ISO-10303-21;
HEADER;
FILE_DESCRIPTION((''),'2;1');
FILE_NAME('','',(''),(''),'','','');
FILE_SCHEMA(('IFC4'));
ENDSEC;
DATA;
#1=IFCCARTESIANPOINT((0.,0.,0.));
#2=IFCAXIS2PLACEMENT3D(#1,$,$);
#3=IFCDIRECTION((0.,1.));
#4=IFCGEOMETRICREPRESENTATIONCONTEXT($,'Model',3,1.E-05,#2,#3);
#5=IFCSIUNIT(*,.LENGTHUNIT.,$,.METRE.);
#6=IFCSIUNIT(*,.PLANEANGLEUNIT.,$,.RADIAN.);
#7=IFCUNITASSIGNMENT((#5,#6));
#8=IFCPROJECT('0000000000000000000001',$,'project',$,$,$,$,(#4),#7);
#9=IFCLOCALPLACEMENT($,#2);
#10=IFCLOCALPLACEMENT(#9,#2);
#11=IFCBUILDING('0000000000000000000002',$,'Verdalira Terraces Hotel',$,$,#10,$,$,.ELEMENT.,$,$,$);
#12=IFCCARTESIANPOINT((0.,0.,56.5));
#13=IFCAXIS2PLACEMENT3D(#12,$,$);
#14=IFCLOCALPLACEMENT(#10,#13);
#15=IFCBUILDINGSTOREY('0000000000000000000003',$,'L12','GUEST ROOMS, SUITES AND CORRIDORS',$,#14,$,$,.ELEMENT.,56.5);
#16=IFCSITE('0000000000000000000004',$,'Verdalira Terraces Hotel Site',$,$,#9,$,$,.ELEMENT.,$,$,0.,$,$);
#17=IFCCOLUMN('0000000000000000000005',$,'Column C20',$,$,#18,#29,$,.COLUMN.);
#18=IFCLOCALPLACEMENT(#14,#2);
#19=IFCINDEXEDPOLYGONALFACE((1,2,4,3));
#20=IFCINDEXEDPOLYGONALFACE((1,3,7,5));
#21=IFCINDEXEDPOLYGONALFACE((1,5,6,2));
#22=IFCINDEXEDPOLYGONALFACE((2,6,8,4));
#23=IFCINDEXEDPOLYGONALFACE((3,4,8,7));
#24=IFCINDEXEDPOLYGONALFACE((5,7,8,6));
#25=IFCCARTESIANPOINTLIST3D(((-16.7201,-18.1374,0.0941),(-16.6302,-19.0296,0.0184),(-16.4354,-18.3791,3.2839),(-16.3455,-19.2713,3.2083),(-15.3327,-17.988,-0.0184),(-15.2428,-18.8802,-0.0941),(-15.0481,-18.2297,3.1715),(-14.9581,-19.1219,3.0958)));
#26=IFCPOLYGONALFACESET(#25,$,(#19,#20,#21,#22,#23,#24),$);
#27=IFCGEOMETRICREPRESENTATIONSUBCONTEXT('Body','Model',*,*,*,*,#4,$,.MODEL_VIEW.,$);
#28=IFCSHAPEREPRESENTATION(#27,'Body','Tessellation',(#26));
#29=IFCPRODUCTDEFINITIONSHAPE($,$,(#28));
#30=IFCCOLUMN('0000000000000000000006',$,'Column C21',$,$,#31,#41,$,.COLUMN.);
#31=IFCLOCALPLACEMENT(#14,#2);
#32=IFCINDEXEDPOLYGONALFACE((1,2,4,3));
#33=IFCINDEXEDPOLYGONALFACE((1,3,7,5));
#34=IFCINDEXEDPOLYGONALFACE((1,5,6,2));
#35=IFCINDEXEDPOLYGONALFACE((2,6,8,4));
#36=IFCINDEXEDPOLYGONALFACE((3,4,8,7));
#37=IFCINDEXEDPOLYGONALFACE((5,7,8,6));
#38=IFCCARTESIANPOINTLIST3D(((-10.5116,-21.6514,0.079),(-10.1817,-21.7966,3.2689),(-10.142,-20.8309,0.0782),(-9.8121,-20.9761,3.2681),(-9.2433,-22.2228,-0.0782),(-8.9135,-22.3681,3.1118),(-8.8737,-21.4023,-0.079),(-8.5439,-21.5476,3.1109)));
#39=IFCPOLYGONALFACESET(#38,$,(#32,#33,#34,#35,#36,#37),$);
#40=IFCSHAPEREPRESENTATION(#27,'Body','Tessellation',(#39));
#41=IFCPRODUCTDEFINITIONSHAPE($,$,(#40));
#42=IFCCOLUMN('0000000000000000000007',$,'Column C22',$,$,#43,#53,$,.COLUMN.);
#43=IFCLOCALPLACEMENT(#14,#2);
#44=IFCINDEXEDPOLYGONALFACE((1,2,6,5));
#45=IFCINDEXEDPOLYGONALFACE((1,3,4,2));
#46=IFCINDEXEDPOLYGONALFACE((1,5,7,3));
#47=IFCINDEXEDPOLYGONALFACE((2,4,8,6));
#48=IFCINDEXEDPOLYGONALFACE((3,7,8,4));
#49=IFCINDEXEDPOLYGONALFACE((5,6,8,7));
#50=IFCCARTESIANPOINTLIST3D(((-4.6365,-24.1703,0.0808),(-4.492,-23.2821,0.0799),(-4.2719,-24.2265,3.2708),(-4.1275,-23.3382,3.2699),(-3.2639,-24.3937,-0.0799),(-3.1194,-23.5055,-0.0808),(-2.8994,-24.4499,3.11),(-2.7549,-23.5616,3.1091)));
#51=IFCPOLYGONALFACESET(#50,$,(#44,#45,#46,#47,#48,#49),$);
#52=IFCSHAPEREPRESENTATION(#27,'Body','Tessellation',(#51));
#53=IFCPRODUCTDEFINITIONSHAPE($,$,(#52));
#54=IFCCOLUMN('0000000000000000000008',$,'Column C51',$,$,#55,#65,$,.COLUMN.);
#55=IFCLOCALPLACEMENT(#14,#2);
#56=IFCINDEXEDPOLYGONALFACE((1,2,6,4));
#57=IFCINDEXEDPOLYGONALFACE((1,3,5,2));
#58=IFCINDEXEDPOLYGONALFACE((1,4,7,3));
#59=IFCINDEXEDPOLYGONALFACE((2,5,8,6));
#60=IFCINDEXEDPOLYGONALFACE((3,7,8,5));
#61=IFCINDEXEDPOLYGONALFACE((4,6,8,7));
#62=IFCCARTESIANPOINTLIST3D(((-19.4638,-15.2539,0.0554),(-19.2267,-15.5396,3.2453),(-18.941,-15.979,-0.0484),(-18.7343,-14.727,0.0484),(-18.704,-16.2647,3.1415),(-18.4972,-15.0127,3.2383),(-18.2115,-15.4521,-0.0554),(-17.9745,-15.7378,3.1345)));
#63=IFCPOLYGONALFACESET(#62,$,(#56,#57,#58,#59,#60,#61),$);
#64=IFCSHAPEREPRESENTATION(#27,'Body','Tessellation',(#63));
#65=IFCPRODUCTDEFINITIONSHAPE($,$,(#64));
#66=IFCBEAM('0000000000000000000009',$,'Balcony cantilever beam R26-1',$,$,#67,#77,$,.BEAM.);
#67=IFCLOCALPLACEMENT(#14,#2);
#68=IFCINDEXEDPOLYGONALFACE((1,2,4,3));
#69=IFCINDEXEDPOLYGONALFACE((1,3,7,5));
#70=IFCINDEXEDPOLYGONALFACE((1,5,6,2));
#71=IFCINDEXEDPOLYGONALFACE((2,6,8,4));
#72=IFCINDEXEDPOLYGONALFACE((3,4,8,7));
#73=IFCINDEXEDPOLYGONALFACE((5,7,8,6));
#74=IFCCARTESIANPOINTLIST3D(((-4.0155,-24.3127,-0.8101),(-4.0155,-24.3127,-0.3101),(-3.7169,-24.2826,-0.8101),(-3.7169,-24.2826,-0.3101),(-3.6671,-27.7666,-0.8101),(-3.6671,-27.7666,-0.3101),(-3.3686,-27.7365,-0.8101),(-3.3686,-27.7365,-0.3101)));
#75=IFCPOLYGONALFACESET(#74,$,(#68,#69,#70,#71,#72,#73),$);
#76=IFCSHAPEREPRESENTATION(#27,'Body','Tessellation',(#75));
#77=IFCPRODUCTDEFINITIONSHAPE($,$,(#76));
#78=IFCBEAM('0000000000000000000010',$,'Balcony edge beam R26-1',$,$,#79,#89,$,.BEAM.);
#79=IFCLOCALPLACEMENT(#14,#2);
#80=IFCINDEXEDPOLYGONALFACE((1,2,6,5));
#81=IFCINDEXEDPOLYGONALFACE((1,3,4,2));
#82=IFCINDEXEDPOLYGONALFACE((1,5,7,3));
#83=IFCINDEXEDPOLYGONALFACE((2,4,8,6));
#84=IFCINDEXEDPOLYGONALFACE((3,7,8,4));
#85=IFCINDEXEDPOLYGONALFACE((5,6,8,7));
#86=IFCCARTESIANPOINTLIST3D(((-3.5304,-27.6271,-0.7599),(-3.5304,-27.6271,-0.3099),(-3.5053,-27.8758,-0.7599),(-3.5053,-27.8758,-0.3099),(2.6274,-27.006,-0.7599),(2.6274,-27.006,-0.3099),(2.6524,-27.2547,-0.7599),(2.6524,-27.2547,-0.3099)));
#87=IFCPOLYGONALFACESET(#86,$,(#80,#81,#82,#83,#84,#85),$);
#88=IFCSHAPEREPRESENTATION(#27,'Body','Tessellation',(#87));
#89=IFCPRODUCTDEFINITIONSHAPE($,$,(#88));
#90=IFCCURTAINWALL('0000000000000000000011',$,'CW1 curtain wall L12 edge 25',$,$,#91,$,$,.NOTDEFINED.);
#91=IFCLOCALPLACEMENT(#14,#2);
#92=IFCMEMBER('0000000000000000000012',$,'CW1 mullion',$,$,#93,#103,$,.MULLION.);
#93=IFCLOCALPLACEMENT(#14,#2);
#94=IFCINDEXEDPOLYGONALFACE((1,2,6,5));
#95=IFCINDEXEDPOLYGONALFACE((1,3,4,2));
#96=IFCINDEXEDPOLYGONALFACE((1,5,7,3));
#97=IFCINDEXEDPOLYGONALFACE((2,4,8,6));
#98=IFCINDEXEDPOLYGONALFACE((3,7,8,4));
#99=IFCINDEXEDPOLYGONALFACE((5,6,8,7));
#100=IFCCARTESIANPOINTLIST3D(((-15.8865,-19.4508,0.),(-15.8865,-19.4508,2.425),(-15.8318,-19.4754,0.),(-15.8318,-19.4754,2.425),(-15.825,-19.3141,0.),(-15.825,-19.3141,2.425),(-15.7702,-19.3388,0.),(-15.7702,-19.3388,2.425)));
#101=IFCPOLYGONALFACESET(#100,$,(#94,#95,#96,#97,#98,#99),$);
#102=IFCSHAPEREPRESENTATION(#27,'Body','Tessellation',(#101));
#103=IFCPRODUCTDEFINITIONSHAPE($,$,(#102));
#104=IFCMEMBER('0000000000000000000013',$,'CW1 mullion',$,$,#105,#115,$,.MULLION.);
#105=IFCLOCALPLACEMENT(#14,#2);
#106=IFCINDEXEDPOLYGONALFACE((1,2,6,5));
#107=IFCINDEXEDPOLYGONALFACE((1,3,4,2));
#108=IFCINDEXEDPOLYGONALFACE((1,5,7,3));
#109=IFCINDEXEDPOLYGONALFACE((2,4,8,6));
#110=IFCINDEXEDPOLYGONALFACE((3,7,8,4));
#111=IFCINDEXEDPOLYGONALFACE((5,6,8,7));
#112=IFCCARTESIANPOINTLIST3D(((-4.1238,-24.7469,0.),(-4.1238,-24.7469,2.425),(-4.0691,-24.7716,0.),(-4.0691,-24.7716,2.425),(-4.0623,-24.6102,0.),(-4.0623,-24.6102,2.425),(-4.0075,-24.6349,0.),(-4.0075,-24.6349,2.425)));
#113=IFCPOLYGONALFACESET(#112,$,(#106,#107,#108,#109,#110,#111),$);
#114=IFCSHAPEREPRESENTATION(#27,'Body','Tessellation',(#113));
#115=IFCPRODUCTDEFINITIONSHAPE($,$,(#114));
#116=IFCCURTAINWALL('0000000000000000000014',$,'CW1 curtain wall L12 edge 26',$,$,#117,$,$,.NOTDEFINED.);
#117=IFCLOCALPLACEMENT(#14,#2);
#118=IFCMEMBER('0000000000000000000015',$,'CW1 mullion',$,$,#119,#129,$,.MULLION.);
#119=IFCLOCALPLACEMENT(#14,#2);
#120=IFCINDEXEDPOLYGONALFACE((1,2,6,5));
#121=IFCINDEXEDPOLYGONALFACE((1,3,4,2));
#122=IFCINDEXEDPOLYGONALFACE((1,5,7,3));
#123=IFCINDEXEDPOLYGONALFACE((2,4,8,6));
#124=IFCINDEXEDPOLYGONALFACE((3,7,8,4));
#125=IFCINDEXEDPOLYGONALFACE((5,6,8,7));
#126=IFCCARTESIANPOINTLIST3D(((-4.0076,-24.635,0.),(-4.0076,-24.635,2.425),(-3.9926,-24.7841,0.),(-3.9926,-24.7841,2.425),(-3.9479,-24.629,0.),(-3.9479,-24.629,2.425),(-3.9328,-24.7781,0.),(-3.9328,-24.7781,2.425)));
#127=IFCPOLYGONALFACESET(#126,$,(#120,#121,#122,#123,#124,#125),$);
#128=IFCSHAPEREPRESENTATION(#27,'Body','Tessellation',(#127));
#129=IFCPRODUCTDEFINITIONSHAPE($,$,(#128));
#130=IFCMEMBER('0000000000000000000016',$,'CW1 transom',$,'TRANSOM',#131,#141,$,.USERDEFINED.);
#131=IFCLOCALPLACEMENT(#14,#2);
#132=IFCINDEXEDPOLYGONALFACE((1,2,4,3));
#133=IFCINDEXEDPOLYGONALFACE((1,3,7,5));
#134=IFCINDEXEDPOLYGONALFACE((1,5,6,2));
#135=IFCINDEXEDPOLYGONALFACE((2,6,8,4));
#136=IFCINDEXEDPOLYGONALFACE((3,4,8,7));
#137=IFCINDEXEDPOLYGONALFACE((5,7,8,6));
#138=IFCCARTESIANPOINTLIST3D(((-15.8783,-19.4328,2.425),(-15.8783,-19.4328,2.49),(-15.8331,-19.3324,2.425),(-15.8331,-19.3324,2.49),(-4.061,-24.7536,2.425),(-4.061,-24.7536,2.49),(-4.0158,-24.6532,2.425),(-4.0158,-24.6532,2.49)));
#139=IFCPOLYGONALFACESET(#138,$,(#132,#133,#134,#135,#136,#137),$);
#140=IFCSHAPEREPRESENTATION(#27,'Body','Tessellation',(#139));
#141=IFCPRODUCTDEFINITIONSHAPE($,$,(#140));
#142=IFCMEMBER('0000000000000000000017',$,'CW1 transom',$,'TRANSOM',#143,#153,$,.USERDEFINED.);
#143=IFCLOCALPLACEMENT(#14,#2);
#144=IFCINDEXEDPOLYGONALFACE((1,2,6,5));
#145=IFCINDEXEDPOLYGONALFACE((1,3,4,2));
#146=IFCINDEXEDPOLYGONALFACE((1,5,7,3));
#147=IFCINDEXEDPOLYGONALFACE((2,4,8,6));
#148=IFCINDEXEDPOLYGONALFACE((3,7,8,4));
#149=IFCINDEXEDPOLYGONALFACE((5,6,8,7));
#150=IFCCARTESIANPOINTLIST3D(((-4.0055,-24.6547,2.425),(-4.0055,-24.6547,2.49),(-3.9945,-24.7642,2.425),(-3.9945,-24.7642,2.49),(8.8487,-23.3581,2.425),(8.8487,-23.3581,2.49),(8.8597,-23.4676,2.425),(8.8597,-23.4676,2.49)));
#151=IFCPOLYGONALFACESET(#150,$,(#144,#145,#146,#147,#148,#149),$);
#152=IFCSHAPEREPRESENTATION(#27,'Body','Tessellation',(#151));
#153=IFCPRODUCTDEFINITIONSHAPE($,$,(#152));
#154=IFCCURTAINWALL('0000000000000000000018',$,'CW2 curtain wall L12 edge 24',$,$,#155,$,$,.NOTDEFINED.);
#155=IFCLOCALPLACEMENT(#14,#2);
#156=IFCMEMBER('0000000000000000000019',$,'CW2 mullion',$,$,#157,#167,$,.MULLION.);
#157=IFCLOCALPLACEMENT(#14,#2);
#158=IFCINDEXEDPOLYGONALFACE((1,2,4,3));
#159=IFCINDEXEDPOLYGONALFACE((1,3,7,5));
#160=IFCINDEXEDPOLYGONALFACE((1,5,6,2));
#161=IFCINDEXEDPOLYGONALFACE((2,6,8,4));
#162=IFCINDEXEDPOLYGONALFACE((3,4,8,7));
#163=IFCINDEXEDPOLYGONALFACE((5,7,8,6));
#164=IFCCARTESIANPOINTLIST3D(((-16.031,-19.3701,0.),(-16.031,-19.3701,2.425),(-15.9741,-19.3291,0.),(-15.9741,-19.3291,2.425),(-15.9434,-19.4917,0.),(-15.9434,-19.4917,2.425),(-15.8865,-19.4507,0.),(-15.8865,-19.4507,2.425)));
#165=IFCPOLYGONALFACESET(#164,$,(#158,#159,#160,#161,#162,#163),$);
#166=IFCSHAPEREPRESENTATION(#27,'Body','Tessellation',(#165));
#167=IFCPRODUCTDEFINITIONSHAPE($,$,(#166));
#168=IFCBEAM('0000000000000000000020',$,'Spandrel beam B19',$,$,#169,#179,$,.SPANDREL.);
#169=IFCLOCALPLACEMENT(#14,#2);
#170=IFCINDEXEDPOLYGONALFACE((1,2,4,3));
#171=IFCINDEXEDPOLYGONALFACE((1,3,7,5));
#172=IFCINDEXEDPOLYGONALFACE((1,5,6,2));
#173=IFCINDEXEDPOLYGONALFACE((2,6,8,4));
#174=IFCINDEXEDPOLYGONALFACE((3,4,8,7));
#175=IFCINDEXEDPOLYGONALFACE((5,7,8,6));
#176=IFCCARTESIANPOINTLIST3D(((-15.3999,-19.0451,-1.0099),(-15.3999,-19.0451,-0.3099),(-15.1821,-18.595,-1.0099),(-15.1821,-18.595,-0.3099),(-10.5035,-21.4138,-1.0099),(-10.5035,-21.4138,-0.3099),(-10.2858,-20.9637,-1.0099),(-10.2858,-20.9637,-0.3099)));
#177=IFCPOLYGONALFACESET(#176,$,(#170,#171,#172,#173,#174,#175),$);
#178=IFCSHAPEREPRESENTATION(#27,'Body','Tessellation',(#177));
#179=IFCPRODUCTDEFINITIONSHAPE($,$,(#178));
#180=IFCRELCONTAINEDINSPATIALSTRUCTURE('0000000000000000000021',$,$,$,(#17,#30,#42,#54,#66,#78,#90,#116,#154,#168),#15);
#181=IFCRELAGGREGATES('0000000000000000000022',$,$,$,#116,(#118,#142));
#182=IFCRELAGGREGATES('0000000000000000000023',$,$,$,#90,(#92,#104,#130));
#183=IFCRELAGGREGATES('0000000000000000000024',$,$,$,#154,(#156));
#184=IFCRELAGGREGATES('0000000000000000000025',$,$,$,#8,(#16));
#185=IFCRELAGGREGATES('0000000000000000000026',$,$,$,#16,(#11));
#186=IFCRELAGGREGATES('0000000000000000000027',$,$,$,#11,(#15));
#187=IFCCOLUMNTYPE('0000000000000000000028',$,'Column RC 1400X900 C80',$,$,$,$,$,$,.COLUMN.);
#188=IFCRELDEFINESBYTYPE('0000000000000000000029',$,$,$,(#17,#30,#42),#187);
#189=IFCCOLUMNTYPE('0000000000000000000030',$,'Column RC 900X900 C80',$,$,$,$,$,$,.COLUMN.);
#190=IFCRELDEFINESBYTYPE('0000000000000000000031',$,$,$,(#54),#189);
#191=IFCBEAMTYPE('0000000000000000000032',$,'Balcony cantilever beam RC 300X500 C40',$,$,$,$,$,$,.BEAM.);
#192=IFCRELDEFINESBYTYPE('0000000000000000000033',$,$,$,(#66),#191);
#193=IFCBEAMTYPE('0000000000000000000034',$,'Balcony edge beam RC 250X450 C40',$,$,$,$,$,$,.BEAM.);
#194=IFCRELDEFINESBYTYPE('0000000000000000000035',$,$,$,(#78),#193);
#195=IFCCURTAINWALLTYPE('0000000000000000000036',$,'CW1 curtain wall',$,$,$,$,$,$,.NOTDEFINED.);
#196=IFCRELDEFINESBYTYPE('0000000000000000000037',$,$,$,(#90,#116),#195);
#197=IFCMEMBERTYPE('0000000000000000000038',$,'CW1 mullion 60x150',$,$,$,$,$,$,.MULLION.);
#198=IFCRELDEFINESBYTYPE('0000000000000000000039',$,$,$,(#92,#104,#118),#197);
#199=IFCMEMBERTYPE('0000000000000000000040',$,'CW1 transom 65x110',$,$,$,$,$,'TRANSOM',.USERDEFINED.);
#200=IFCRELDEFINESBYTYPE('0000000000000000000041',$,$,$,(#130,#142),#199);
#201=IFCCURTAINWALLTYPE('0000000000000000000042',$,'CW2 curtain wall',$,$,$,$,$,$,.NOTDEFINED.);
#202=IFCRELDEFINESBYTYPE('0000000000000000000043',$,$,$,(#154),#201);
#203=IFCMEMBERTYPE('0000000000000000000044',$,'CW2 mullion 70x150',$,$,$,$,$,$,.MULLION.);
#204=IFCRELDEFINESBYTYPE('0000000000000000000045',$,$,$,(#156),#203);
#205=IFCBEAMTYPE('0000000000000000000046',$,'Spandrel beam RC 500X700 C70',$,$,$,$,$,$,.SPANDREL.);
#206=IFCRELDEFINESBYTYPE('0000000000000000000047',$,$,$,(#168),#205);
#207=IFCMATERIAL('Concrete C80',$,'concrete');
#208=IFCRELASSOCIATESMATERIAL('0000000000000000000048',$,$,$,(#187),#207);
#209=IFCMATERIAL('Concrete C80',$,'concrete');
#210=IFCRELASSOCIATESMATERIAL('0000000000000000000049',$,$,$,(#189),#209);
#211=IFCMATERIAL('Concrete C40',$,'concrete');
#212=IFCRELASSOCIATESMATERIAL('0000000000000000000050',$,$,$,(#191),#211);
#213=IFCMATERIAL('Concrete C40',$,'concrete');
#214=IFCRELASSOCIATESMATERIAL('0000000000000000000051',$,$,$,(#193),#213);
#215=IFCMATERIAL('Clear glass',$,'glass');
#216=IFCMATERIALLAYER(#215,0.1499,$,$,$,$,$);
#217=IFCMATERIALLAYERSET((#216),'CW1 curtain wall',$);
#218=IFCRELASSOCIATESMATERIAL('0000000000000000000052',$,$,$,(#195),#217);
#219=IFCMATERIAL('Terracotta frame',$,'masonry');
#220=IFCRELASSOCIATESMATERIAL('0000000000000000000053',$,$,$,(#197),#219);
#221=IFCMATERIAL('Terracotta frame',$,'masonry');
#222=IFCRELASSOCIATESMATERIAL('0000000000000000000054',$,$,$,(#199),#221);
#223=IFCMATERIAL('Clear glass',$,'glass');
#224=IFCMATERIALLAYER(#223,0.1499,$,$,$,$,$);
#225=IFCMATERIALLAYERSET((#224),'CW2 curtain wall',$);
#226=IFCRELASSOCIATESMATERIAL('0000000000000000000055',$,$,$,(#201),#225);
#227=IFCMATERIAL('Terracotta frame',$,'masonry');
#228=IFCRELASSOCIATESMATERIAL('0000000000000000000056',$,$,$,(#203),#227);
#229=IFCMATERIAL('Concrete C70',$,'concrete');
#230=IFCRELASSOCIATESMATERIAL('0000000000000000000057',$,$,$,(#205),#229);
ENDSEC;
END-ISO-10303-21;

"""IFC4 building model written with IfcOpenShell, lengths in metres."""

from ifc_helpers import new_model, si_unit, direction, frame, origin, origin_2d, place, context, subcontext, project, spatial, rectangle, extrude, material, layer, layer_set, material_profile, profile_set, type_object, element, aggregate, save


model = new_model("IFC4")

# Units and contexts
model_context = context("Model", 3, precision=1e-05, world=origin(), true_north=direction((0.0, 1.0)))
body_context = subcontext(model_context, "Body", "Model", "MODEL_VIEW")
ifc_project = project(units=[si_unit("LENGTHUNIT", "METRE"), si_unit("PLANEANGLEUNIT", "RADIAN")], contexts=[model_context])

# Site, building, storey
site_placement = place(None, origin())
site = spatial("IfcSite", under=ifc_project, at=site_placement, Name="Verdalira Terraces Hotel Site", CompositionType="ELEMENT", RefElevation=0.0)
building_placement = place(site_placement, origin())
building = spatial("IfcBuilding", under=site, at=building_placement, Name="Verdalira Terraces Hotel", CompositionType="ELEMENT")
storey_placement = place(building_placement, frame((0.0, 0.0, 56.5)))
storey = spatial("IfcBuildingStorey", under=building, at=storey_placement, Name="L12", Description="GUEST ROOMS, SUITES AND CORRIDORS", CompositionType="ELEMENT", Elevation=56.5)

# Columns
ifc_material_1 = material(Name="Concrete C80", Category="concrete")
ifc_material_profile_1 = material_profile(ifc_material_1, rectangle(XDim=1.3999, YDim=0.8999, at=origin_2d()), Name="RC 1400X900")
ifc_profile_set_1 = profile_set([ifc_material_profile_1], Name="Concrete C80")
column_type_1 = type_object("IfcColumnType", Name="Column RC 1400X900 C80", PredefinedType="COLUMN", material=ifc_profile_set_1)
column_1_placement = place(storey_placement, frame((-15.9814, -18.5088, 0.0), z_axis=(0.088634, -0.075255, 0.993217), x_axis=(-0.991039, -0.106704, 0.080355)))
element("IfcColumn", 1, at=column_1_placement, inside=storey, type_object=column_type_1, Name="Column C20", PredefinedType="COLUMN", context=body_context, shape_type="SweptSolid", body=[
    extrude(rectangle(XDim=1.3999, YDim=0.8999, at=origin_2d()), origin(), (0.0, 0.0, 1.0), 3.2117),
])
column_2_placement = place(storey_placement, frame((-9.6926, -21.5269, 0.0), z_axis=(0.102744, -0.04525, 0.993678), x_axis=(0.905959, -0.40821, -0.112264)))
element("IfcColumn", 2, at=column_2_placement, inside=storey, type_object=column_type_1, Name="Column C21", PredefinedType="COLUMN", context=body_context, shape_type="SweptSolid", body=[
    extrude(rectangle(XDim=1.3999, YDim=0.8999, at=origin_2d()), origin(), (0.0, 0.0, 1.0), 3.2102),
])
column_3_placement = place(storey_placement, frame((-3.8779, -23.8379, 0.0), z_axis=(0.11351, -0.017486, 0.993383), x_axis=(-0.980482, 0.159578, 0.114845)))
element("IfcColumn", 3, at=column_3_placement, inside=storey, type_object=column_type_1, Name="Column C22", PredefinedType="COLUMN", context=body_context, shape_type="SweptSolid", body=[
    extrude(rectangle(XDim=1.3999, YDim=0.8999, at=origin_2d()), origin(), (0.0, 0.0, 1.0), 3.2112),
])
ifc_material_2 = material(Name="Concrete C80", Category="concrete")
ifc_material_profile_2 = material_profile(ifc_material_2, rectangle(XDim=0.8999, YDim=0.8999, at=origin_2d()), Name="RC 900X900")
ifc_profile_set_2 = profile_set([ifc_material_profile_2], Name="Concrete C80")
column_type_2 = type_object("IfcColumnType", Name="Column RC 900X900 C80", PredefinedType="COLUMN", material=ifc_profile_set_2)
column_4_placement = place(storey_placement, frame((-18.8376, -15.353, 0.0), z_axis=(0.073817, -0.088945, 0.993297), x_axis=(-0.81062, -0.585521, 0.007811)))
element("IfcColumn", 4, at=column_4_placement, inside=storey, type_object=column_type_2, Name="Column C51", PredefinedType="COLUMN", context=body_context, shape_type="SweptSolid", body=[
    extrude(rectangle(XDim=0.8999, YDim=0.8999, at=origin_2d()), origin(), (0.0, 0.0, 1.0), 3.2114),
])

# Beams
ifc_material_3 = material(Name="Concrete C40", Category="concrete")
ifc_material_profile_3 = material_profile(ifc_material_3, rectangle(XDim=0.3, YDim=0.5, at=origin_2d()), Name="RC 300X500")
ifc_profile_set_3 = profile_set([ifc_material_profile_3], Name="Concrete C40")
beam_type_1 = type_object("IfcBeamType", Name="Balcony cantilever beam RC 300X500 C40", PredefinedType="BEAM", material=ifc_profile_set_3)
beam_1_placement = place(storey_placement, frame((-3.8662, -24.2976, -0.5601), z_axis=(0.10036, -0.994951, 0.0), x_axis=(0.994951, 0.10036, 0.0)))
element("IfcBeam", 5, at=beam_1_placement, inside=storey, type_object=beam_type_1, Name="Balcony cantilever beam R26-1", PredefinedType="BEAM", context=body_context, shape_type="SweptSolid", body=[
    extrude(rectangle(XDim=0.3, YDim=0.5, at=origin_2d()), origin(), (0.0, 0.0, 1.0), 3.4714),
])
ifc_material_4 = material(Name="Concrete C40", Category="concrete")
ifc_material_profile_4 = material_profile(ifc_material_4, rectangle(XDim=0.25, YDim=0.45, at=origin_2d()), Name="RC 250X450")
ifc_profile_set_4 = profile_set([ifc_material_profile_4], Name="Concrete C40")
beam_type_2 = type_object("IfcBeamType", Name="Balcony edge beam RC 250X450 C40", PredefinedType="BEAM", material=ifc_profile_set_4)
beam_2_placement = place(storey_placement, frame((-3.5178, -27.7515, -0.5349), z_axis=(0.994952, 0.100355, 0.0), x_axis=(-0.100355, 0.994952, 0.0)))
element("IfcBeam", 6, at=beam_2_placement, inside=storey, type_object=beam_type_2, Name="Balcony edge beam R26-1", PredefinedType="BEAM", context=body_context, shape_type="SweptSolid", body=[
    extrude(rectangle(XDim=0.25, YDim=0.45, at=origin_2d()), origin(), (0.0, 0.0, 1.0), 6.189),
])

# Curtain wall, members
ifc_material_5 = material(Name="Clear glass", Category="glass")
ifc_layer_1 = layer(ifc_material_5, 0.1499)
ifc_layer_set_1 = layer_set([ifc_layer_1], Name="CW1 curtain wall")
curtain_wall_type_1 = type_object("IfcCurtainWallType", Name="CW1 curtain wall", PredefinedType="NOTDEFINED", material=ifc_layer_set_1)
curtain_wall_1_placement = place(storey_placement, origin())
curtain_wall_1 = element("IfcCurtainWall", 7, at=curtain_wall_1_placement, inside=storey, type_object=curtain_wall_type_1, Name="CW1 curtain wall L12 edge 25", PredefinedType="NOTDEFINED")
ifc_material_6 = material(Name="Terracotta frame", Category="masonry")
ifc_material_profile_5 = material_profile(ifc_material_6, rectangle(XDim=0.0601, YDim=0.1499, at=origin_2d()), Name="MU 60x150")
ifc_profile_set_5 = profile_set([ifc_material_profile_5], Name="Terracotta frame")
member_type_1 = type_object("IfcMemberType", Name="CW1 mullion 60x150", PredefinedType="MULLION", material=ifc_profile_set_5)
member_1_placement = place(storey_placement, frame((-15.8284, -19.3948, 0.0), z_axis=(0.0, 0.0, 1.0), x_axis=(0.911834, -0.41056, 0.0)))
member_1 = element("IfcMember", 8, at=member_1_placement, type_object=member_type_1, Name="CW1 mullion", PredefinedType="MULLION", context=body_context, shape_type="SweptSolid", body=[
    extrude(rectangle(XDim=0.0601, YDim=0.1499, at=origin_2d()), origin(), (0.0, 0.0, 1.0), 2.425),
])
member_2_placement = place(storey_placement, frame((-4.0657, -24.6909, 0.0), z_axis=(0.0, 0.0, 1.0), x_axis=(0.911834, -0.41056, 0.0)))
member_2 = element("IfcMember", 9, at=member_2_placement, type_object=member_type_1, Name="CW1 mullion", PredefinedType="MULLION", context=body_context, shape_type="SweptSolid", body=[
    extrude(rectangle(XDim=0.0601, YDim=0.1499, at=origin_2d()), origin(), (0.0, 0.0, 1.0), 2.425),
])

# Curtain wall, member
curtain_wall_2_placement = place(storey_placement, origin())
curtain_wall_2 = element("IfcCurtainWall", 10, at=curtain_wall_2_placement, inside=storey, type_object=curtain_wall_type_1, Name="CW1 curtain wall L12 edge 26", PredefinedType="NOTDEFINED")
member_3_placement = place(storey_placement, frame((-3.9702, -24.7065, 0.0), z_axis=(0.0, 0.0, 1.0), x_axis=(0.994951, 0.100362, 0.0)))
member_3 = element("IfcMember", 11, at=member_3_placement, type_object=member_type_1, Name="CW1 mullion", PredefinedType="MULLION", context=body_context, shape_type="SweptSolid", body=[
    extrude(rectangle(XDim=0.0601, YDim=0.1499, at=origin_2d()), origin(), (0.0, 0.0, 1.0), 2.425),
])

# Members
ifc_material_7 = material(Name="Terracotta frame", Category="masonry")
ifc_material_profile_6 = material_profile(ifc_material_7, rectangle(XDim=0.1101, YDim=0.0649, at=origin_2d()), Name="TR 65x110")
ifc_profile_set_6 = profile_set([ifc_material_profile_6], Name="Terracotta frame")
member_type_2 = type_object("IfcMemberType", Name="CW1 transom 65x110", ElementType="TRANSOM", PredefinedType="USERDEFINED", material=ifc_profile_set_6)
member_4_placement = place(storey_placement, frame((-15.8557, -19.3826, 2.4575), z_axis=(0.911835, -0.410556, 0.0), x_axis=(0.410556, 0.911835, 0.0)))
member_4 = element("IfcMember", 12, at=member_4_placement, type_object=member_type_2, Name="CW1 transom", ObjectType="TRANSOM", PredefinedType="USERDEFINED", context=body_context, shape_type="SweptSolid", body=[
    extrude(rectangle(XDim=0.1101, YDim=0.0649, at=origin_2d()), origin(), (0.0, 0.0, 1.0), 12.96),
])
member_5_placement = place(storey_placement, frame((-4.0, -24.7095, 2.4575), z_axis=(0.994951, 0.100362, 0.0), x_axis=(-0.100362, 0.994951, 0.0)))
member_5 = element("IfcMember", 13, at=member_5_placement, type_object=member_type_2, Name="CW1 transom", ObjectType="TRANSOM", PredefinedType="USERDEFINED", context=body_context, shape_type="SweptSolid", body=[
    extrude(rectangle(XDim=0.1101, YDim=0.0649, at=origin_2d()), origin(), (0.0, 0.0, 1.0), 12.9194),
])
aggregate(curtain_wall_2, [member_3, member_5])

# Curtain wall, member
ifc_material_8 = material(Name="Clear glass", Category="glass")
ifc_layer_2 = layer(ifc_material_8, 0.1499)
ifc_layer_set_2 = layer_set([ifc_layer_2], Name="CW2 curtain wall")
curtain_wall_type_2 = type_object("IfcCurtainWallType", Name="CW2 curtain wall", PredefinedType="NOTDEFINED", material=ifc_layer_set_2)
curtain_wall_3_placement = place(storey_placement, origin())
curtain_wall_3 = element("IfcCurtainWall", 14, at=curtain_wall_3_placement, inside=storey, type_object=curtain_wall_type_2, Name="CW2 curtain wall L12 edge 24", PredefinedType="NOTDEFINED")
ifc_material_9 = material(Name="Terracotta frame", Category="masonry")
ifc_material_profile_7 = material_profile(ifc_material_9, rectangle(XDim=0.0701, YDim=0.1499, at=origin_2d()), Name="MU 70x150")
ifc_profile_set_7 = profile_set([ifc_material_profile_7], Name="Terracotta frame")
member_type_3 = type_object("IfcMemberType", Name="CW2 mullion 70x150", PredefinedType="MULLION", material=ifc_profile_set_7)
member_6_placement = place(storey_placement, frame((-15.9587, -19.4104, 0.0), z_axis=(0.0, 0.0, 1.0), x_axis=(0.811472, 0.584391, 0.0)))
member_6 = element("IfcMember", 15, at=member_6_placement, type_object=member_type_3, Name="CW2 mullion", PredefinedType="MULLION", context=body_context, shape_type="SweptSolid", body=[
    extrude(rectangle(XDim=0.0701, YDim=0.1499, at=origin_2d()), origin(), (0.0, 0.0, 1.0), 2.425),
])

# Beam
ifc_material_10 = material(Name="Concrete C70", Category="concrete")
ifc_material_profile_8 = material_profile(ifc_material_10, rectangle(XDim=0.5, YDim=0.7, at=origin_2d()), Name="RC 500X700")
ifc_profile_set_8 = profile_set([ifc_material_profile_8], Name="Concrete C70")
beam_type_3 = type_object("IfcBeamType", Name="Spandrel beam RC 500X700 C70", PredefinedType="SPANDREL", material=ifc_profile_set_8)
beam_3_placement = place(storey_placement, frame((-15.291, -18.8201, -0.6599), z_axis=(0.900195, -0.435487, 0.0), x_axis=(0.435487, 0.900195, 0.0)))
element("IfcBeam", 16, at=beam_3_placement, inside=storey, type_object=beam_type_3, Name="Spandrel beam B19", PredefinedType="SPANDREL", context=body_context, shape_type="SweptSolid", body=[
    extrude(rectangle(XDim=0.5, YDim=0.7, at=origin_2d()), origin(), (0.0, 0.0, 1.0), 5.4392),
])

aggregate(curtain_wall_1, [member_1, member_2, member_4])
aggregate(curtain_wall_3, [member_6])

save(model, "model.ifc")
